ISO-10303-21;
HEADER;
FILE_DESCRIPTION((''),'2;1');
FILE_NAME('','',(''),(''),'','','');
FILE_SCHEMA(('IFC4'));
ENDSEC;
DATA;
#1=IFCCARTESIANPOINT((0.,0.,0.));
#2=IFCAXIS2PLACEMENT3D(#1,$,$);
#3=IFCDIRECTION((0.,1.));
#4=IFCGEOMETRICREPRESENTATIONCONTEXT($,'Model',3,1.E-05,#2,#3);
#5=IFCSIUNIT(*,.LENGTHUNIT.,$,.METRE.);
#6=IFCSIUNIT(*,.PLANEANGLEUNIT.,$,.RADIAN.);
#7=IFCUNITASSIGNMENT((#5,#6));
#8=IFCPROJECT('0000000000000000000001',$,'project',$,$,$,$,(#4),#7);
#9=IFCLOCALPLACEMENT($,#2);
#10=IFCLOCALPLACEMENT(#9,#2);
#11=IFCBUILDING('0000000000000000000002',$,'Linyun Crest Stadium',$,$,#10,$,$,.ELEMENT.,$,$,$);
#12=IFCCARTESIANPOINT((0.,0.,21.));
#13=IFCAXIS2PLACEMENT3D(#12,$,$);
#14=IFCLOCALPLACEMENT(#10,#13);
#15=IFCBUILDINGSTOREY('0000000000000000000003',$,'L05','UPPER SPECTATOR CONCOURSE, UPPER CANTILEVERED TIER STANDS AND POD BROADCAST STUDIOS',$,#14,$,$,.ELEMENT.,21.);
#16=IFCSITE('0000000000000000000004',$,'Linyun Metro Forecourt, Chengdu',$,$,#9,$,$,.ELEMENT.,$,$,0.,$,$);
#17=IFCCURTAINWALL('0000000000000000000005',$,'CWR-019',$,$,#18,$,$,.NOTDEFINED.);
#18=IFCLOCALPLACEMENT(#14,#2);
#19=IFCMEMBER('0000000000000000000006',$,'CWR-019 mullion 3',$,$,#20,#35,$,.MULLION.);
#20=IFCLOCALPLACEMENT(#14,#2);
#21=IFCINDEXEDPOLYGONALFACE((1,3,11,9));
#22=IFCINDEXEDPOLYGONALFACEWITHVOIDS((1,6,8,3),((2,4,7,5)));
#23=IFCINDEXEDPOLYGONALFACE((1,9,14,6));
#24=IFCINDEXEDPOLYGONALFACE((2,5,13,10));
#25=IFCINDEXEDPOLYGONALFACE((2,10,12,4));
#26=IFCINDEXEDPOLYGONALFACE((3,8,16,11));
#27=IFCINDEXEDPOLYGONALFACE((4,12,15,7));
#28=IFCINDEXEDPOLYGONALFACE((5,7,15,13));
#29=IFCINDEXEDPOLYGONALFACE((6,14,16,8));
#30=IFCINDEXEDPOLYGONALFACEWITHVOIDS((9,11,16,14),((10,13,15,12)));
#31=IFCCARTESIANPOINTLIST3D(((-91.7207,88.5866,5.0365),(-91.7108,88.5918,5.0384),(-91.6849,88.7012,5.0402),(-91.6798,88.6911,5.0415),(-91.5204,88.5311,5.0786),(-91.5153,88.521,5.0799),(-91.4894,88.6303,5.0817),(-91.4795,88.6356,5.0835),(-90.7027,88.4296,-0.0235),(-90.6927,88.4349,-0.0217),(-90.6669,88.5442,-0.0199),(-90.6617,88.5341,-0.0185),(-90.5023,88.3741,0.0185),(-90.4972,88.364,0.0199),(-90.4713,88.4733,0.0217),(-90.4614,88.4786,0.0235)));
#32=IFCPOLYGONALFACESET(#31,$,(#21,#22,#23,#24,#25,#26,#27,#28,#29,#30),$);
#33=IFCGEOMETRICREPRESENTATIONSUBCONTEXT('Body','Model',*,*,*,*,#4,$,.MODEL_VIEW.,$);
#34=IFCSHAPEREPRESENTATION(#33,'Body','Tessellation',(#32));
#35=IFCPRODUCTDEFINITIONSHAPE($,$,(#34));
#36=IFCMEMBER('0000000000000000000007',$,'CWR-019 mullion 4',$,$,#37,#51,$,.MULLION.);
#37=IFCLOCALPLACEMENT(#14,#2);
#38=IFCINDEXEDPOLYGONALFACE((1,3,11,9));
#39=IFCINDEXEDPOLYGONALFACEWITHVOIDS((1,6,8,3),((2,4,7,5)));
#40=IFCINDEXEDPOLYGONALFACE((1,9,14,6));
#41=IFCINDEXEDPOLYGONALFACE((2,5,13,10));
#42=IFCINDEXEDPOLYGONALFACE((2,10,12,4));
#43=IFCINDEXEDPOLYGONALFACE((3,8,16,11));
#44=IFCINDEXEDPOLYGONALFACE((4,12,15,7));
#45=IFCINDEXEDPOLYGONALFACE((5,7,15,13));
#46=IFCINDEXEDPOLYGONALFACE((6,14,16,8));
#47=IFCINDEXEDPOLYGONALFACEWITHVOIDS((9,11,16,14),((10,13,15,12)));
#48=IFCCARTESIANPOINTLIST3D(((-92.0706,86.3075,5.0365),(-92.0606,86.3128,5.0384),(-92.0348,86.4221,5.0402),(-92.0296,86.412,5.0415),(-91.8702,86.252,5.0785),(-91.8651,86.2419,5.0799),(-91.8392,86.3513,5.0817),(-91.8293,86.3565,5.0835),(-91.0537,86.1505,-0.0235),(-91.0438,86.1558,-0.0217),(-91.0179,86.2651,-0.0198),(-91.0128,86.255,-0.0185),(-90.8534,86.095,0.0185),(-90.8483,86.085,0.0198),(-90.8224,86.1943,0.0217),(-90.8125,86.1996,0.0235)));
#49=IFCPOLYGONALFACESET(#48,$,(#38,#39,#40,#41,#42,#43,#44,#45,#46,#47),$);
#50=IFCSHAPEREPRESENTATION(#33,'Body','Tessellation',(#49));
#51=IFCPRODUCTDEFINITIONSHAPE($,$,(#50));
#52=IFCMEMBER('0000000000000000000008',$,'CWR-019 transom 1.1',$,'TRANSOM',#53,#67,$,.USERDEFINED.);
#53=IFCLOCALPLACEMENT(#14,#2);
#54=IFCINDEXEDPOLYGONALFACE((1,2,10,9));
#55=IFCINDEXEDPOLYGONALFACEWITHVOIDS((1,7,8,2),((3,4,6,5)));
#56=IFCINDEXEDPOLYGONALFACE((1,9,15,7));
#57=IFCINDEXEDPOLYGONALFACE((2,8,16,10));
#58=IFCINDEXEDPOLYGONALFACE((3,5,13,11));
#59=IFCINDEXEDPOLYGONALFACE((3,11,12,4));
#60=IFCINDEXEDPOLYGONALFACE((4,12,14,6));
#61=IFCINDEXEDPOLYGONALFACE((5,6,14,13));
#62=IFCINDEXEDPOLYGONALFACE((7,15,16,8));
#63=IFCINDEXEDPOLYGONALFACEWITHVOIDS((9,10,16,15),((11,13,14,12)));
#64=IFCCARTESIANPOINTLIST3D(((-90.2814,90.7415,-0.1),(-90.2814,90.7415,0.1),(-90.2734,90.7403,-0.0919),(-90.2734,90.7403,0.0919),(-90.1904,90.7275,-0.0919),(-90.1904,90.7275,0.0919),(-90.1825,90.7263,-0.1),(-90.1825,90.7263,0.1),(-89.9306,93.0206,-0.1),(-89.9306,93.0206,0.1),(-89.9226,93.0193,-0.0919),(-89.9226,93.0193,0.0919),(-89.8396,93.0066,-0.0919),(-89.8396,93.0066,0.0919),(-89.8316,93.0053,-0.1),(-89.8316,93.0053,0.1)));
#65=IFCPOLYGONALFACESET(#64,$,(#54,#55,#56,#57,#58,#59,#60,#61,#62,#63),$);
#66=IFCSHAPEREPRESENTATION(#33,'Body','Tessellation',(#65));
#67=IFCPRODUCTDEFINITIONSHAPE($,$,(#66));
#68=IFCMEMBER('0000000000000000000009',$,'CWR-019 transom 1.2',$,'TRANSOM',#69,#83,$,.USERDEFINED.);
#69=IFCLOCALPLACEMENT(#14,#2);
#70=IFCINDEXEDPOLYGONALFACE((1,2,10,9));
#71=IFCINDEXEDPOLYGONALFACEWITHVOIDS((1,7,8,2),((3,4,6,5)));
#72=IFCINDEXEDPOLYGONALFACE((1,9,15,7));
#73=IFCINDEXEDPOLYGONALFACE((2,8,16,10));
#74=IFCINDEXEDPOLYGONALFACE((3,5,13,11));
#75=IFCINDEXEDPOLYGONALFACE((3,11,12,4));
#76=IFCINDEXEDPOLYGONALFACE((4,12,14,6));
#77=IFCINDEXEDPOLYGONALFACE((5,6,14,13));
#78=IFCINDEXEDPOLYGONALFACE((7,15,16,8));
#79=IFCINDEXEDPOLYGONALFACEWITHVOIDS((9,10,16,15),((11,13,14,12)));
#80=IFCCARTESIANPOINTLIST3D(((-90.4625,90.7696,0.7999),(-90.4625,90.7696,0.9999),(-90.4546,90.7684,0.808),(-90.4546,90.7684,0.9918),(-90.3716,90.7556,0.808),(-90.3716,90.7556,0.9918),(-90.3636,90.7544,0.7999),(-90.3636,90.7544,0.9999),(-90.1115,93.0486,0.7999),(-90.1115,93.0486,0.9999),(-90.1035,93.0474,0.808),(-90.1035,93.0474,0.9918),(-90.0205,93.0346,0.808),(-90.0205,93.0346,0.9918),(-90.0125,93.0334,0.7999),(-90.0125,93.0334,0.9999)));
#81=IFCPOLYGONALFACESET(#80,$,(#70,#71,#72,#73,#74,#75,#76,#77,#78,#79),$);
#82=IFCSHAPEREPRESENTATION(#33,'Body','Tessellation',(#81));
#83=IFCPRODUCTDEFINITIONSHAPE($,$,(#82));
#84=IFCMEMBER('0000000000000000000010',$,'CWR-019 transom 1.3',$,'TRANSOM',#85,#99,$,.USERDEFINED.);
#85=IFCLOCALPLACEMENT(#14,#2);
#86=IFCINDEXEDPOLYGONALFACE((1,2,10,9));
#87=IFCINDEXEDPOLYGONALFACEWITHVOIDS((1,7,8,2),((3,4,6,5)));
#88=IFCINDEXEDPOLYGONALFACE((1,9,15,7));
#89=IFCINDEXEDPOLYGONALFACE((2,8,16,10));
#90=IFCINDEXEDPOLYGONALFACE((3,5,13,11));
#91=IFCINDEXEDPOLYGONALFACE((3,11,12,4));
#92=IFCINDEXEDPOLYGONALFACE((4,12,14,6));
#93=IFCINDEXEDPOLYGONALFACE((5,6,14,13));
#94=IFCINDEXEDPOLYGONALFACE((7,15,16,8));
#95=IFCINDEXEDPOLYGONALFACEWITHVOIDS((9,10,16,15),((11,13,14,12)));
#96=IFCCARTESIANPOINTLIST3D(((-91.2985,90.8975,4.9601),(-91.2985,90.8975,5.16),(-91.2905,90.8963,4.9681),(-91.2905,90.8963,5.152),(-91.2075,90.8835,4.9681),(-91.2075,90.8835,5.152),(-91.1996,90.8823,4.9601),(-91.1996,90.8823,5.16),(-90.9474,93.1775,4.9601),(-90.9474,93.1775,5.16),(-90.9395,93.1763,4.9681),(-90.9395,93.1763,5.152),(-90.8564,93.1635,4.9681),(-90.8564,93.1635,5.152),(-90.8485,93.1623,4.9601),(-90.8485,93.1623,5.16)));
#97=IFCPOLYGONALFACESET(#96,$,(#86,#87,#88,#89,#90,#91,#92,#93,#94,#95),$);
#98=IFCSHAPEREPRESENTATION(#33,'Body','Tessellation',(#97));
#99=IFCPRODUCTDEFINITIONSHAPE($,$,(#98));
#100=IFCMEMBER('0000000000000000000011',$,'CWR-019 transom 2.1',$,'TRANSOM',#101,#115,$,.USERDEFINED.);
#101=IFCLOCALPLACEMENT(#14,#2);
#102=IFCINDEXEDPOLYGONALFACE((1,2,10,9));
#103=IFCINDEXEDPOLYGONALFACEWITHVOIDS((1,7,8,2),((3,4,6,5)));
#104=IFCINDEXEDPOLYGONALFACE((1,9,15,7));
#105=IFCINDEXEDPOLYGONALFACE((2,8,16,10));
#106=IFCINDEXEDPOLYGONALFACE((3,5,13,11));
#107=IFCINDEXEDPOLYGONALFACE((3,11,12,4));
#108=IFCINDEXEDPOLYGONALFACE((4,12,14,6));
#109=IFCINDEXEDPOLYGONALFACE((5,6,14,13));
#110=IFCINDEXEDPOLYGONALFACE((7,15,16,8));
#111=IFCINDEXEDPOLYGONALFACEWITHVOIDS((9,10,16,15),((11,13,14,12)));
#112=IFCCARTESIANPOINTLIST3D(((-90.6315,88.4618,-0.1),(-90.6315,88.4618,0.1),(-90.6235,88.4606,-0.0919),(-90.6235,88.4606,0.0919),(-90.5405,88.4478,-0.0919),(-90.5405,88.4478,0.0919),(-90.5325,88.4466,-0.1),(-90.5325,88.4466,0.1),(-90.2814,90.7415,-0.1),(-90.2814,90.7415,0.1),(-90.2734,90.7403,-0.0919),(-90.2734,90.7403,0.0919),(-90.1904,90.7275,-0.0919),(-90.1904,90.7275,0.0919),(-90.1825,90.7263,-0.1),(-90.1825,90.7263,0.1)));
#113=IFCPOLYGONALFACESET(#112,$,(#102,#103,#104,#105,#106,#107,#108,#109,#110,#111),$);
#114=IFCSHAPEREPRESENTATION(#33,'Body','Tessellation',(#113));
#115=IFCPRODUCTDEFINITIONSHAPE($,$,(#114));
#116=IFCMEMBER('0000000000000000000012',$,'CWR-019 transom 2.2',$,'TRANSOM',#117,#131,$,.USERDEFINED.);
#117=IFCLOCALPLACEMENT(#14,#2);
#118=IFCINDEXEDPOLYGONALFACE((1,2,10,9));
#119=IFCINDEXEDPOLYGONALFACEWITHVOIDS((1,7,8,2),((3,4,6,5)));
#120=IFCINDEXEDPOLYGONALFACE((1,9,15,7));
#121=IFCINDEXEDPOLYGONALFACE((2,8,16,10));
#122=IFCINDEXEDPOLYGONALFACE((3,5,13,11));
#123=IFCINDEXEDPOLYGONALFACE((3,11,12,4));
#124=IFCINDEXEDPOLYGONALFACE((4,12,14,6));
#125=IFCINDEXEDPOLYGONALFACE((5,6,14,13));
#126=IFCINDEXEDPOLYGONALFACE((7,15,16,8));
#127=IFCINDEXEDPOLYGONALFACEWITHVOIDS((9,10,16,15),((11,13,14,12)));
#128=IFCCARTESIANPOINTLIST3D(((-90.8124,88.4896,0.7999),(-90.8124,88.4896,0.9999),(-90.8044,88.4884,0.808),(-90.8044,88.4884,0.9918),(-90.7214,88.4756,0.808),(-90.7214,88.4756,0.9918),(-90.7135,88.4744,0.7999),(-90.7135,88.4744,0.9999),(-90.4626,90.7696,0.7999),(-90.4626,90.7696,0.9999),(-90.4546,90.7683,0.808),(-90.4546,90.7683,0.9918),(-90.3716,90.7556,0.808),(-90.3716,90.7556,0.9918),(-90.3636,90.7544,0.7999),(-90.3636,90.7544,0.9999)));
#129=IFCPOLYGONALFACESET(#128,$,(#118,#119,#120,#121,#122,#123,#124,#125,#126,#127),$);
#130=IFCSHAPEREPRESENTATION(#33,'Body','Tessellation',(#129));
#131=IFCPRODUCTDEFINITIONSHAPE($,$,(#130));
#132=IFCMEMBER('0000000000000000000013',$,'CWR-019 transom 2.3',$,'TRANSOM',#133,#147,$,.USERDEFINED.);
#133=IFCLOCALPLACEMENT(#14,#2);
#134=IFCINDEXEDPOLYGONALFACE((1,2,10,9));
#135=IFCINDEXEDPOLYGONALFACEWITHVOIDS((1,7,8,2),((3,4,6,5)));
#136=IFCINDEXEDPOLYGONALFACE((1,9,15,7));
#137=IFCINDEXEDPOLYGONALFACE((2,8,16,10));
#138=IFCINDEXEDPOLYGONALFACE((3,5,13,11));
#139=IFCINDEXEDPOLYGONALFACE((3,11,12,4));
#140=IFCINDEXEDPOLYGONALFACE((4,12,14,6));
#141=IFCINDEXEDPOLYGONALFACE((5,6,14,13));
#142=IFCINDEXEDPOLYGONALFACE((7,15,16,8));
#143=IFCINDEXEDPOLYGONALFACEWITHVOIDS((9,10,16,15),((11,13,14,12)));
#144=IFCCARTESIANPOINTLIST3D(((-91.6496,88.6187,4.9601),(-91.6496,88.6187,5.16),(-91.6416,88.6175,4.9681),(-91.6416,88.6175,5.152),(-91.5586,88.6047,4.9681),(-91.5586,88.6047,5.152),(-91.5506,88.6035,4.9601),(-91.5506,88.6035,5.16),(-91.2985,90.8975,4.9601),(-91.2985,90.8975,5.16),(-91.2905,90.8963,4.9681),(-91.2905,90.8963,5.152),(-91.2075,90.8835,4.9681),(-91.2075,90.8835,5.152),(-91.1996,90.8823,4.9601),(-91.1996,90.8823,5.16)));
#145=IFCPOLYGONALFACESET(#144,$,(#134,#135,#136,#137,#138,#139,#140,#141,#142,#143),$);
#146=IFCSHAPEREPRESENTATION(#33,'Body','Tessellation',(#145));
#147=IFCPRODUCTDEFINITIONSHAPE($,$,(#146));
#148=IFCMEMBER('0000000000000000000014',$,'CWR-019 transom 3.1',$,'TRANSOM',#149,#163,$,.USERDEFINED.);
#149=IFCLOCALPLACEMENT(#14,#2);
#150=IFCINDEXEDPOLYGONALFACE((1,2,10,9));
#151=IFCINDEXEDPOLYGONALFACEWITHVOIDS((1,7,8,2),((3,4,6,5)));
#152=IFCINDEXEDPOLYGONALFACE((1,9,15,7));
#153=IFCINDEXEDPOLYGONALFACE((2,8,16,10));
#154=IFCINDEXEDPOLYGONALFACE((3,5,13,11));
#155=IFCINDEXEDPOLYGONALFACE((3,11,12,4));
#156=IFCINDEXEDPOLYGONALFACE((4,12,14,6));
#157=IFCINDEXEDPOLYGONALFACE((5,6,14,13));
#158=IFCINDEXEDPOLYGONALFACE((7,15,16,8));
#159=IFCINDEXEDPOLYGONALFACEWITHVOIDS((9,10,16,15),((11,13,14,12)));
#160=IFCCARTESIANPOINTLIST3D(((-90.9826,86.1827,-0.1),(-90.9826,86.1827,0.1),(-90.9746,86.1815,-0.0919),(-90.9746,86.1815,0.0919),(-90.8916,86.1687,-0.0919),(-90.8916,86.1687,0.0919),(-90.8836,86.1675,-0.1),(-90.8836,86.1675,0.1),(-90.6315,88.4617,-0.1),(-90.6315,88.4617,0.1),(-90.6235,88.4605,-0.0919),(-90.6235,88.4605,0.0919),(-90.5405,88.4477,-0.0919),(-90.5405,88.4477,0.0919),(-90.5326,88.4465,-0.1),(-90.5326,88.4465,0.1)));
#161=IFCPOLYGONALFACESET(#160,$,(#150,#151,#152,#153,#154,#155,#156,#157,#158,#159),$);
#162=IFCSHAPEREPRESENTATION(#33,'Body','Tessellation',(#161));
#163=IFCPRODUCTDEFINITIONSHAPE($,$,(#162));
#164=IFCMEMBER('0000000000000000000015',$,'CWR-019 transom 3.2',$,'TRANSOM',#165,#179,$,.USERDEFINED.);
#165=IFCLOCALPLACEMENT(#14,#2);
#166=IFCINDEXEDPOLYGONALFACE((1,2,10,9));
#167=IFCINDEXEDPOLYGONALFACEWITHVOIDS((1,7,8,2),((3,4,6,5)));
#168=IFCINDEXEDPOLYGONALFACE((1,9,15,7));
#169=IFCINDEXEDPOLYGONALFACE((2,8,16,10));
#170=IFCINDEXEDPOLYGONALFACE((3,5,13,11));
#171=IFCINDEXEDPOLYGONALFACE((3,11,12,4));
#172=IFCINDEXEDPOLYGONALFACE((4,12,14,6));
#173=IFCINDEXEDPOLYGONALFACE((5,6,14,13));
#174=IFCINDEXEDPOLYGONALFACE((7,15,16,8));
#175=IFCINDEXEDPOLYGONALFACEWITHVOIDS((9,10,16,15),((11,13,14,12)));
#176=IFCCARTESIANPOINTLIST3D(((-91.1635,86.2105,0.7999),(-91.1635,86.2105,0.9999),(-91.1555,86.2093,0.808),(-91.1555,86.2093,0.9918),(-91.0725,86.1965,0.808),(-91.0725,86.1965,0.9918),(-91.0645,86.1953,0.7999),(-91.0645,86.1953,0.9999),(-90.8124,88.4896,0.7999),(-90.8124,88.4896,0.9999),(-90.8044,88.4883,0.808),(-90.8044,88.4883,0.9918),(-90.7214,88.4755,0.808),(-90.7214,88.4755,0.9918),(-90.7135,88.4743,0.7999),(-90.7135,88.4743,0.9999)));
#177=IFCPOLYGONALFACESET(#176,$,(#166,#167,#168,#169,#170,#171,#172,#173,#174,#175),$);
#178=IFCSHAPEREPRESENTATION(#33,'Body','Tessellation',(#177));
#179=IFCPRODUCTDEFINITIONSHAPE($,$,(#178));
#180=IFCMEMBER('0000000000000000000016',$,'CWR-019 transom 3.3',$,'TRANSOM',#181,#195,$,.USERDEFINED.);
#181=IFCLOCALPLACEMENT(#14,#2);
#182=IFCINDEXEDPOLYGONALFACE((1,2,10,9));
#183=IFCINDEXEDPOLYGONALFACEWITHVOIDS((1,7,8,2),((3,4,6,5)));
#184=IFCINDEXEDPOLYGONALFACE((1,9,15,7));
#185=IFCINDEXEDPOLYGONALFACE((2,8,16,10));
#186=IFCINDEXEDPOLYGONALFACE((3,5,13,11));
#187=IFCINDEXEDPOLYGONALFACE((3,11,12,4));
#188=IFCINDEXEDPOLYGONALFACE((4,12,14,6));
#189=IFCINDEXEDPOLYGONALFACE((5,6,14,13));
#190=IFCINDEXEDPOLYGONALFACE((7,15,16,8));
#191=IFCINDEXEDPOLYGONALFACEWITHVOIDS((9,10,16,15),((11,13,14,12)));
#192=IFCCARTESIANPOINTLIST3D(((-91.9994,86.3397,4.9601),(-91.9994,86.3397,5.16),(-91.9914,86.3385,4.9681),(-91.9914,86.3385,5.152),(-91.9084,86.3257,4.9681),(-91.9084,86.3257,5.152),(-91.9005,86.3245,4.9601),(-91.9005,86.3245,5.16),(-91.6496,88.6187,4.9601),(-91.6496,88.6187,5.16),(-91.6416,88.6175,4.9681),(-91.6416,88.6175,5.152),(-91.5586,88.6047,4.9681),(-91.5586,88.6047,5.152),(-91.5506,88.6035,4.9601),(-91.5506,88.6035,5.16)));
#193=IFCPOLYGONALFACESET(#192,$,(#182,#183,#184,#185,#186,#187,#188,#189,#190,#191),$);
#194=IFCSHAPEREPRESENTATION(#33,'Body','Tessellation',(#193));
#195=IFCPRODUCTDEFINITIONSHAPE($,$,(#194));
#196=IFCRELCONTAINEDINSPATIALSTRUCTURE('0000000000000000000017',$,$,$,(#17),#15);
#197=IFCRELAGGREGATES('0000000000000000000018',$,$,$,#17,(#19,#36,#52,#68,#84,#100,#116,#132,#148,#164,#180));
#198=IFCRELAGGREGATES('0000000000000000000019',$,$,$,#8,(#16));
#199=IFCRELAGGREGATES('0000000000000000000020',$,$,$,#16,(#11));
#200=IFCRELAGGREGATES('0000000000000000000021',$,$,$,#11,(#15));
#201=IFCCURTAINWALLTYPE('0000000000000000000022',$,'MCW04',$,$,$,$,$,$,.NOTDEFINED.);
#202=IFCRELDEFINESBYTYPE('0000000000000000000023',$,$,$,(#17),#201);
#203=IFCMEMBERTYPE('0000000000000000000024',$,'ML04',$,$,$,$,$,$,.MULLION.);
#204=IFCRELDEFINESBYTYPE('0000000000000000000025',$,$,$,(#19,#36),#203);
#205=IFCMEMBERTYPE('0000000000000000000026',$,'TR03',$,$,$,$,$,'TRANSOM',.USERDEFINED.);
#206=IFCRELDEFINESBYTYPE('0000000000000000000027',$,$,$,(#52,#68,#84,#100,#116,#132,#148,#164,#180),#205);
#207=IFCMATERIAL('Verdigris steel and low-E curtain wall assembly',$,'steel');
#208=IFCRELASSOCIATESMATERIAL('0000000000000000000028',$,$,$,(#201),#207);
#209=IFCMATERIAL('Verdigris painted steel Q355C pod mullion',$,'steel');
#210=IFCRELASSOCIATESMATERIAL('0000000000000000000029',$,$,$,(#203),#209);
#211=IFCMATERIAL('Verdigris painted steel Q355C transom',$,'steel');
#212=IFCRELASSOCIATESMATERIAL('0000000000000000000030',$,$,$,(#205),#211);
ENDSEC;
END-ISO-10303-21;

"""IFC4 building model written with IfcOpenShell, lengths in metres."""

from ifc_helpers import new_model, si_unit, direction, frame, origin, origin_2d, place, context, subcontext, project, spatial, hollow_rectangle, extrude, material, material_profile, profile_set, type_object, element, aggregate, save


model = new_model("IFC4")

# Units and contexts
model_context = context("Model", 3, precision=1e-05, world=origin(), true_north=direction((0.0, 1.0)))
body_context = subcontext(model_context, "Body", "Model", "MODEL_VIEW")
ifc_project = project(units=[si_unit("LENGTHUNIT", "METRE"), si_unit("PLANEANGLEUNIT", "RADIAN")], contexts=[model_context])

# Site, building, storey
site_placement = place(None, origin())
site = spatial("IfcSite", under=ifc_project, at=site_placement, Name="Linyun Metro Forecourt, Chengdu", CompositionType="ELEMENT", RefElevation=0.0)
building_placement = place(site_placement, origin())
building = spatial("IfcBuilding", under=site, at=building_placement, Name="Linyun Crest Stadium", CompositionType="ELEMENT")
storey_placement = place(building_placement, frame((0.0, 0.0, 21.0)))
storey = spatial("IfcBuildingStorey", under=building, at=storey_placement, Name="L05", Description="UPPER SPECTATOR CONCOURSE, UPPER CANTILEVERED TIER STANDS AND POD BROADCAST STUDIOS", CompositionType="ELEMENT", Elevation=21.0)

# Shared definitions
ifc_material_1 = material(Name="Verdigris steel and low-E curtain wall assembly", Category="steel")
curtain_wall_type = type_object("IfcCurtainWallType", Name="MCW04", PredefinedType="NOTDEFINED", material=ifc_material_1)
ifc_material_2 = material(Name="Verdigris painted steel Q355C pod mullion", Category="steel")
ifc_material_profile_1 = material_profile(ifc_material_2, hollow_rectangle(XDim=0.1201, YDim=0.22, WallThickness=0.0081, at=origin_2d()), Name="RHS 220x120x8")
ifc_profile_set_1 = profile_set([ifc_material_profile_1], Name="Verdigris painted steel Q355C pod mullion")
member_type_1 = type_object("IfcMemberType", Name="ML04", PredefinedType="MULLION", material=ifc_profile_set_1)

# Curtain wall, members
curtain_wall_1_placement = place(storey_placement, origin())
curtain_wall_1 = element("IfcCurtainWall", 1, at=curtain_wall_1_placement, inside=storey, type_object=curtain_wall_type, Name="CWR-019", PredefinedType="NOTDEFINED")
member_1_placement = place(storey_placement, frame((-90.582, 88.4541, 0.0), z_axis=(-0.197153, 0.0304, 0.979901), x_axis=(-0.297947, -0.9541, -0.030346)))
member_1 = element("IfcMember", 2, at=member_1_placement, type_object=member_type_1, Name="CWR-019 mullion 3", PredefinedType="MULLION", context=body_context, shape_type="SweptSolid", body=[
    extrude(hollow_rectangle(XDim=0.1201, YDim=0.22, WallThickness=0.0081, at=origin_2d()), origin(), (0.0, 0.0, 1.0), 5.1638),
])
member_2_placement = place(storey_placement, frame((-90.9331, 86.175, 0.0), z_axis=(-0.196926, 0.030402, 0.979947), x_axis=(-0.298126, -0.954045, -0.030312)))
member_2 = element("IfcMember", 3, at=member_2_placement, type_object=member_type_1, Name="CWR-019 mullion 4", PredefinedType="MULLION", context=body_context, shape_type="SweptSolid", body=[
    extrude(hollow_rectangle(XDim=0.1201, YDim=0.22, WallThickness=0.0081, at=origin_2d()), origin(), (0.0, 0.0, 1.0), 5.1636),
])
ifc_material_3 = material(Name="Verdigris painted steel Q355C transom", Category="steel")
ifc_material_profile_2 = material_profile(ifc_material_3, hollow_rectangle(XDim=0.1001, YDim=0.2, WallThickness=0.0081, at=origin_2d()), Name="RHS 200x100x8")
ifc_profile_set_2 = profile_set([ifc_material_profile_2], Name="Verdigris painted steel Q355C transom")
member_type_2 = type_object("IfcMemberType", Name="TR03", ElementType="TRANSOM", PredefinedType="USERDEFINED", material=ifc_profile_set_2)
member_3_placement = place(storey_placement, frame((-89.8811, 93.0129, 0.0), z_axis=(-0.152145, -0.988358, 0.0), x_axis=(0.988358, -0.152145, 0.0)))
member_3 = element("IfcMember", 4, at=member_3_placement, type_object=member_type_2, Name="CWR-019 transom 1.1", ObjectType="TRANSOM", PredefinedType="USERDEFINED", context=body_context, shape_type="SweptSolid", body=[
    extrude(hollow_rectangle(XDim=0.1001, YDim=0.2, WallThickness=0.0081, at=origin_2d()), origin(), (0.0, 0.0, 1.0), 2.3059),
])
member_4_placement = place(storey_placement, frame((-90.062, 93.041, 0.8999), z_axis=(-0.152248, -0.988342, 0.0), x_axis=(0.988342, -0.152248, 0.0)))
member_4 = element("IfcMember", 5, at=member_4_placement, type_object=member_type_2, Name="CWR-019 transom 1.2", ObjectType="TRANSOM", PredefinedType="USERDEFINED", context=body_context, shape_type="SweptSolid", body=[
    extrude(hollow_rectangle(XDim=0.1001, YDim=0.2, WallThickness=0.0081, at=origin_2d()), origin(), (0.0, 0.0, 1.0), 2.3059),
])
member_5_placement = place(storey_placement, frame((-90.8979, 93.1699, 5.0601), z_axis=(-0.152184, -0.988352, 0.0), x_axis=(0.988352, -0.152184, 0.0)))
member_5 = element("IfcMember", 6, at=member_5_placement, type_object=member_type_2, Name="CWR-019 transom 1.3", ObjectType="TRANSOM", PredefinedType="USERDEFINED", context=body_context, shape_type="SweptSolid", body=[
    extrude(hollow_rectangle(XDim=0.1001, YDim=0.2, WallThickness=0.0081, at=origin_2d()), origin(), (0.0, 0.0, 1.0), 2.3069),
])
member_6_placement = place(storey_placement, frame((-90.2319, 90.7339, 0.0), z_axis=(-0.151787, -0.988413, 0.0), x_axis=(0.988413, -0.151787, 0.0)))
member_6 = element("IfcMember", 7, at=member_6_placement, type_object=member_type_2, Name="CWR-019 transom 2.1", ObjectType="TRANSOM", PredefinedType="USERDEFINED", context=body_context, shape_type="SweptSolid", body=[
    extrude(hollow_rectangle(XDim=0.1001, YDim=0.2, WallThickness=0.0081, at=origin_2d()), origin(), (0.0, 0.0, 1.0), 2.3064),
])
member_7_placement = place(storey_placement, frame((-90.4131, 90.762, 0.8999), z_axis=(-0.151667, -0.988432, 0.0), x_axis=(0.988432, -0.151667, 0.0)))
member_7 = element("IfcMember", 8, at=member_7_placement, type_object=member_type_2, Name="CWR-019 transom 2.2", ObjectType="TRANSOM", PredefinedType="USERDEFINED", context=body_context, shape_type="SweptSolid", body=[
    extrude(hollow_rectangle(XDim=0.1001, YDim=0.2, WallThickness=0.0081, at=origin_2d()), origin(), (0.0, 0.0, 1.0), 2.3066),
])
member_8_placement = place(storey_placement, frame((-91.249, 90.8899, 5.0601), z_axis=(-0.152264, -0.98834, 0.0), x_axis=(0.98834, -0.152264, 0.0)))
member_8 = element("IfcMember", 9, at=member_8_placement, type_object=member_type_2, Name="CWR-019 transom 2.3", ObjectType="TRANSOM", PredefinedType="USERDEFINED", context=body_context, shape_type="SweptSolid", body=[
    extrude(hollow_rectangle(XDim=0.1001, YDim=0.2, WallThickness=0.0081, at=origin_2d()), origin(), (0.0, 0.0, 1.0), 2.3057),
])
member_9_placement = place(storey_placement, frame((-90.582, 88.4541, 0.0), z_axis=(-0.152248, -0.988342, 0.0), x_axis=(0.988342, -0.152248, 0.0)))
member_9 = element("IfcMember", 10, at=member_9_placement, type_object=member_type_2, Name="CWR-019 transom 3.1", ObjectType="TRANSOM", PredefinedType="USERDEFINED", context=body_context, shape_type="SweptSolid", body=[
    extrude(hollow_rectangle(XDim=0.1001, YDim=0.2, WallThickness=0.0081, at=origin_2d()), origin(), (0.0, 0.0, 1.0), 2.3059),
])
member_10_placement = place(storey_placement, frame((-90.7629, 88.4819, 0.8999), z_axis=(-0.152248, -0.988342, 0.0), x_axis=(0.988342, -0.152248, 0.0)))
member_10 = element("IfcMember", 11, at=member_10_placement, type_object=member_type_2, Name="CWR-019 transom 3.2", ObjectType="TRANSOM", PredefinedType="USERDEFINED", context=body_context, shape_type="SweptSolid", body=[
    extrude(hollow_rectangle(XDim=0.1001, YDim=0.2, WallThickness=0.0081, at=origin_2d()), origin(), (0.0, 0.0, 1.0), 2.3059),
])
member_11_placement = place(storey_placement, frame((-91.6001, 88.6111, 5.0601), z_axis=(-0.151731, -0.988422, 0.0), x_axis=(0.988422, -0.151731, 0.0)))
member_11 = element("IfcMember", 12, at=member_11_placement, type_object=member_type_2, Name="CWR-019 transom 3.3", ObjectType="TRANSOM", PredefinedType="USERDEFINED", context=body_context, shape_type="SweptSolid", body=[
    extrude(hollow_rectangle(XDim=0.1001, YDim=0.2, WallThickness=0.0081, at=origin_2d()), origin(), (0.0, 0.0, 1.0), 2.3057),
])
aggregate(curtain_wall_1, [member_1, member_2, member_3, member_4, member_5, member_6, member_7, member_8, member_9, member_10, member_11])

save(model, "model.ifc")
